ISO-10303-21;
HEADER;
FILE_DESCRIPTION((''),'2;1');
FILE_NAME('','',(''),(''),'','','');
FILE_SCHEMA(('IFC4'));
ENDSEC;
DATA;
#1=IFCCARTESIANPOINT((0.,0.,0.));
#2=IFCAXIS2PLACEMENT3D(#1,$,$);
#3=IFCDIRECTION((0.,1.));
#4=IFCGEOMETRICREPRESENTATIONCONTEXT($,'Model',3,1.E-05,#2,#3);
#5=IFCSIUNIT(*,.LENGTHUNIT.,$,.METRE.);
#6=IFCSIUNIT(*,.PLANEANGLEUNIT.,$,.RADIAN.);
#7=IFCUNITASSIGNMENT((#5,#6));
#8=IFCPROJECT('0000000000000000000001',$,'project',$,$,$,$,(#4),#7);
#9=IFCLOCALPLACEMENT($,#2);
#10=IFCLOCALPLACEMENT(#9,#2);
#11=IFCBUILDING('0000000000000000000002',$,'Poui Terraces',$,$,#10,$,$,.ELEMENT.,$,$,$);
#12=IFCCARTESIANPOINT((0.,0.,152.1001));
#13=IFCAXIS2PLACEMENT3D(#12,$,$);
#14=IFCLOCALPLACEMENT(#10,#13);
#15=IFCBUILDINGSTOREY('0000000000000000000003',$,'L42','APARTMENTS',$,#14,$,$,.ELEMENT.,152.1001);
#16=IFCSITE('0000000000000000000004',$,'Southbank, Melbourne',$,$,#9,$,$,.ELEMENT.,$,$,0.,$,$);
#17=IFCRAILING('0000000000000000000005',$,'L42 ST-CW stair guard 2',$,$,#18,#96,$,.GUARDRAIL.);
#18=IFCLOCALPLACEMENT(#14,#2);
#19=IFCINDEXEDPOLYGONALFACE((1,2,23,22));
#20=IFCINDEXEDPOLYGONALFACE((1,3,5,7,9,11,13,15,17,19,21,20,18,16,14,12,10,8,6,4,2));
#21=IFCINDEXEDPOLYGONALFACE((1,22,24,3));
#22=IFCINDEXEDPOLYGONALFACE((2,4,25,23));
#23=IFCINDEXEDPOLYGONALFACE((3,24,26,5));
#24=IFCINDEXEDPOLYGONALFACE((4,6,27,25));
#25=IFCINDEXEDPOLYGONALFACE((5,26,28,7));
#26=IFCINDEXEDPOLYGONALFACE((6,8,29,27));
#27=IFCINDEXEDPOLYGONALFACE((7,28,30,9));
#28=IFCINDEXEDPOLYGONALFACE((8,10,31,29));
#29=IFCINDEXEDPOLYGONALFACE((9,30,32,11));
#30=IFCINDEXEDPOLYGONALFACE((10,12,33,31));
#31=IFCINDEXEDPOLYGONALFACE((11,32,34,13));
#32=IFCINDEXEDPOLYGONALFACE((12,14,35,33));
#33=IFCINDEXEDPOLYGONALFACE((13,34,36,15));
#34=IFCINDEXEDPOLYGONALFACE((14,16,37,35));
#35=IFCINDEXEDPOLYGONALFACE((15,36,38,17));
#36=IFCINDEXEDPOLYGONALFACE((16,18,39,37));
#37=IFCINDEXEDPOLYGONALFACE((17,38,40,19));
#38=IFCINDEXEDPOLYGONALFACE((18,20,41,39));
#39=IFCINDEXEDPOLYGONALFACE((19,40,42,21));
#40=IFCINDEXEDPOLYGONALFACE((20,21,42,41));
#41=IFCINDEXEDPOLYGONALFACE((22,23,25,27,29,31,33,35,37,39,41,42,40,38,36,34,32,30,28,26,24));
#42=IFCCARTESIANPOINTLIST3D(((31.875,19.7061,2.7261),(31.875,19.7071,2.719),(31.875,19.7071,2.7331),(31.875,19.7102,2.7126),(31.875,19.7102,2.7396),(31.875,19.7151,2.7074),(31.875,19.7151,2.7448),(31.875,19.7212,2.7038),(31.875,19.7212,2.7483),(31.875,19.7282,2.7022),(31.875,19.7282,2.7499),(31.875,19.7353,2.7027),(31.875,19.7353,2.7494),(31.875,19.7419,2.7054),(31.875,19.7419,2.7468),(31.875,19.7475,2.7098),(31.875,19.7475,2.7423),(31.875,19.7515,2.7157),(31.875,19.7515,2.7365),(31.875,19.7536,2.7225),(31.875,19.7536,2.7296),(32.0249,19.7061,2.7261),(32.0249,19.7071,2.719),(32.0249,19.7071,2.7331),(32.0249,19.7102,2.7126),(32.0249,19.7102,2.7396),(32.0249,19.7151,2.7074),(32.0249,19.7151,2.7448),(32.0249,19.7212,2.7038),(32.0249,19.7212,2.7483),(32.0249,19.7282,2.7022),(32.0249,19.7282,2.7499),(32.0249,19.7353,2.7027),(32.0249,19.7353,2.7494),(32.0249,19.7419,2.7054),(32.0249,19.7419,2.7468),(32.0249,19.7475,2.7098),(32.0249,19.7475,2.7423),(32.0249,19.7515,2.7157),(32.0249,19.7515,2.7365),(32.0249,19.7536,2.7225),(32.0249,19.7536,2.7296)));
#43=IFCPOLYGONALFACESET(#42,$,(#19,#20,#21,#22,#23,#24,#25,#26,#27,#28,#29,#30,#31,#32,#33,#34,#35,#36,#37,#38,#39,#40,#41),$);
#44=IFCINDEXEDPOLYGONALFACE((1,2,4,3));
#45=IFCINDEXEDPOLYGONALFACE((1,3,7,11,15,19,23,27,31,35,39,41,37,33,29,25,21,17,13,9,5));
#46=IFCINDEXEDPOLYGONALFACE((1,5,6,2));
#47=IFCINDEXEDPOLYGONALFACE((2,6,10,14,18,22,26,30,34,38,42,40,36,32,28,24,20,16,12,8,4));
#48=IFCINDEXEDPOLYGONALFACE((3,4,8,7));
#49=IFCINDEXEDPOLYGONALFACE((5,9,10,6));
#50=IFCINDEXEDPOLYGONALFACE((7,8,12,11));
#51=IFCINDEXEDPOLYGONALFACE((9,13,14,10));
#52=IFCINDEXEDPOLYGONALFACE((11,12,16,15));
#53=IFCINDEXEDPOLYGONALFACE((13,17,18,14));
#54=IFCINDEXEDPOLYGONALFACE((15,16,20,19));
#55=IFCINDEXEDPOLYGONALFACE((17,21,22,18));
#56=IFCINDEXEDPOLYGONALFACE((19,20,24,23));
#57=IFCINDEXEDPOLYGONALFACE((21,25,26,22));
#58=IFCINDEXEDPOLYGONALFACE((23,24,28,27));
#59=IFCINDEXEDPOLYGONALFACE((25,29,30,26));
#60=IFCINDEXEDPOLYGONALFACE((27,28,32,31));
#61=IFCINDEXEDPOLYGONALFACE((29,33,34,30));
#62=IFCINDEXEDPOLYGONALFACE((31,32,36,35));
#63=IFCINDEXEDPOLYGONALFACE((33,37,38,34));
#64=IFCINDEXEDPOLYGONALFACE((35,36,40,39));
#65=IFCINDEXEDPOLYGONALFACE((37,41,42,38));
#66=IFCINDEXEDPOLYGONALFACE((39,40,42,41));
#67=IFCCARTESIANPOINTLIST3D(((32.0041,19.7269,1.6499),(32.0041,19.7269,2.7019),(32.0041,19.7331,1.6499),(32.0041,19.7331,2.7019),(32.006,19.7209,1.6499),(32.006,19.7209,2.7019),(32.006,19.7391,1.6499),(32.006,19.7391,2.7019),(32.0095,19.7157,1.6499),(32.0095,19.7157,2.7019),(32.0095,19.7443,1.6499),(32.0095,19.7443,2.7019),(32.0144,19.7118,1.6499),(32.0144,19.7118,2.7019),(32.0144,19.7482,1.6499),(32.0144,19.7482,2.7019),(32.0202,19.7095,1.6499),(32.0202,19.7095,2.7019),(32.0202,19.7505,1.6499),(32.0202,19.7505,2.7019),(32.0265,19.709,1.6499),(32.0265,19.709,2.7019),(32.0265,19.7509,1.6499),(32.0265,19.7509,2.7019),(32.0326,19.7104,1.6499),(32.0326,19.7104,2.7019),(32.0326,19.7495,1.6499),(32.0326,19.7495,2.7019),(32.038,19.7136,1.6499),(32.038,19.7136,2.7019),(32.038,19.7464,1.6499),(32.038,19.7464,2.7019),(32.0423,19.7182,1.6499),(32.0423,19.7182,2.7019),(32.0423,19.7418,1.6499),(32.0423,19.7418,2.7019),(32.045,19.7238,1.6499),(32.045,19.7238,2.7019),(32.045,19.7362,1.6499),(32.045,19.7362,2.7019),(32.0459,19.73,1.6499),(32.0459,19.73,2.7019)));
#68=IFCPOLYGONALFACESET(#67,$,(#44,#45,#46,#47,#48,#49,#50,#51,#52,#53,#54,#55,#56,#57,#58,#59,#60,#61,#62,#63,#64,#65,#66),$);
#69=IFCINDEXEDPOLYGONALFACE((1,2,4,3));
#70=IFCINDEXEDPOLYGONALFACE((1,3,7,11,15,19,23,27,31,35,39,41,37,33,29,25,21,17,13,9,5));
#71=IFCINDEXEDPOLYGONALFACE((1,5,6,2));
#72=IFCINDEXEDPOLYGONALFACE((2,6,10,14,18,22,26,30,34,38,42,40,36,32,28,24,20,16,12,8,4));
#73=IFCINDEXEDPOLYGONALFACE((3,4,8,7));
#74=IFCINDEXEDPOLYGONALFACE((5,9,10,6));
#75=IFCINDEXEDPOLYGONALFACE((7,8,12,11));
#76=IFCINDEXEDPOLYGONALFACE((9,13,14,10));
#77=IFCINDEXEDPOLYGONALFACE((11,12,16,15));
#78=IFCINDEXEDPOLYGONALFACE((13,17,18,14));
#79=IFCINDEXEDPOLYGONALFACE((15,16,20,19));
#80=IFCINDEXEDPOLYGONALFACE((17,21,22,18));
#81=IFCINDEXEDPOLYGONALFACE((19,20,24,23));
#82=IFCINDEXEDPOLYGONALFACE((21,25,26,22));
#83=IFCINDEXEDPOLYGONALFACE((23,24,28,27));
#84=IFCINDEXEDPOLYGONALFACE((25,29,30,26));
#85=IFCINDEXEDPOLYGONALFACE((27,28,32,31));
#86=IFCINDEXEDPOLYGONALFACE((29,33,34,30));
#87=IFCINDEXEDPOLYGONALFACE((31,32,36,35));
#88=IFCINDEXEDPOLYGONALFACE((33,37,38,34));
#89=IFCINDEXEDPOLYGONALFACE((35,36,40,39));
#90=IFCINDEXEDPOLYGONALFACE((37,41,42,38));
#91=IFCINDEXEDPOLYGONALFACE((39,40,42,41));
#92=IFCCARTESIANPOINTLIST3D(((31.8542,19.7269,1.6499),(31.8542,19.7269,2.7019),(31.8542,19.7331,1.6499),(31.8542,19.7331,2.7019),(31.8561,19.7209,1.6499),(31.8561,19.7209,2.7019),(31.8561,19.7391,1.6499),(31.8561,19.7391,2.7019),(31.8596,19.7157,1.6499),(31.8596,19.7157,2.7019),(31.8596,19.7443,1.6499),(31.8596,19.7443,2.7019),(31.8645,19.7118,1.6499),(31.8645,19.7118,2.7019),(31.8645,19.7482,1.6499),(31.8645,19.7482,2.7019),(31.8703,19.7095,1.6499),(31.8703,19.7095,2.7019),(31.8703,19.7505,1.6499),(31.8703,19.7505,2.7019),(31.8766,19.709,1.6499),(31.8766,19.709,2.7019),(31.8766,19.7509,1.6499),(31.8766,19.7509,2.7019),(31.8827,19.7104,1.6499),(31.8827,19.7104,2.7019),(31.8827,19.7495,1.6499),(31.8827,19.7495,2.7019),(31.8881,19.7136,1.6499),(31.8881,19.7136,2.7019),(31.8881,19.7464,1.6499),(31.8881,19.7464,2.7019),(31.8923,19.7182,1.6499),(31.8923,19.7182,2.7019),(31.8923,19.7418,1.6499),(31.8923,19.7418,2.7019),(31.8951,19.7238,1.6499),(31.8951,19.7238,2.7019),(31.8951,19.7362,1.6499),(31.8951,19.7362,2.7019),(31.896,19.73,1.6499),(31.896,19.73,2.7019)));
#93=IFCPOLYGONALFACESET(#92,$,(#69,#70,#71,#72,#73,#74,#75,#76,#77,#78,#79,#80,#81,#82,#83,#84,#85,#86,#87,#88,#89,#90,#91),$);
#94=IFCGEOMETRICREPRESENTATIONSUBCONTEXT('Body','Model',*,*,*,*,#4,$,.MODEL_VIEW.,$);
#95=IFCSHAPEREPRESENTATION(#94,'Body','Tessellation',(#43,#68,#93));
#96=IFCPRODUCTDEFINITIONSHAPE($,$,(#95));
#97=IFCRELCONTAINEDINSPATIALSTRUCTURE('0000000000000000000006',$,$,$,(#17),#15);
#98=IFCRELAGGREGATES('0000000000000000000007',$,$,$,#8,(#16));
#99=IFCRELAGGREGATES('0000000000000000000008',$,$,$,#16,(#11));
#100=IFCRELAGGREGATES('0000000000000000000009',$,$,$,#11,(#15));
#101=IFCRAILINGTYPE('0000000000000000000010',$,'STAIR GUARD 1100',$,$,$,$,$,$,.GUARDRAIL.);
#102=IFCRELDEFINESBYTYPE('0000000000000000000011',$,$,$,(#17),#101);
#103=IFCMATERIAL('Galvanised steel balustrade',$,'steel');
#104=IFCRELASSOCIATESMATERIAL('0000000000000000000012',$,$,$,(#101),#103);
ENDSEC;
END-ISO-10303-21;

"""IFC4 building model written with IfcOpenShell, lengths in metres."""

from ifc_helpers import new_model, si_unit, direction, frame, origin, origin_2d, place, context, subcontext, project, spatial, circle, extrude, material, type_object, element, save


model = new_model("IFC4")

# Units and contexts
model_context = context("Model", 3, precision=1e-05, world=origin(), true_north=direction((0.0, 1.0)))
body_context = subcontext(model_context, "Body", "Model", "MODEL_VIEW")
ifc_project = project(units=[si_unit("LENGTHUNIT", "METRE"), si_unit("PLANEANGLEUNIT", "RADIAN")], contexts=[model_context])

# Site, building, storey
site_placement = place(None, origin())
site = spatial("IfcSite", under=ifc_project, at=site_placement, Name="Southbank, Melbourne", CompositionType="ELEMENT", RefElevation=0.0)
building_placement = place(site_placement, origin())
building = spatial("IfcBuilding", under=site, at=building_placement, Name="Poui Terraces", CompositionType="ELEMENT")
storey_placement = place(building_placement, frame((0.0, 0.0, 152.1001)))
storey = spatial("IfcBuildingStorey", under=building, at=storey_placement, Name="L42", Description="APARTMENTS", CompositionType="ELEMENT", Elevation=152.1001)

# Railing
ifc_material_1 = material(Name="Galvanised steel balustrade", Category="steel")
railing_type_1 = type_object("IfcRailingType", Name="STAIR GUARD 1100", PredefinedType="GUARDRAIL", material=ifc_material_1)
railing_1_placement = place(storey_placement, frame((32.0249, 19.73, 1.6499)))
element("IfcRailing", 1, at=railing_1_placement, inside=storey, type_object=railing_type_1, Name="L42 ST-CW stair guard 2", PredefinedType="GUARDRAIL", context=body_context, shape_type="SweptSolid", body=[
    extrude(circle(Radius=0.0239, at=origin_2d()), frame((0.0, 0.0, 1.0762), z_axis=(-1.0, 0.0, 0.0), x_axis=(0.0, -1.0, 0.0)), (0.0, 0.0, 1.0), 0.1499),
    extrude(circle(Radius=0.021, at=origin_2d()), origin(), (0.0, 0.0, 1.0), 1.052),
    extrude(circle(Radius=0.021, at=origin_2d()), frame((-0.1499, 0.0, 0.0)), (0.0, 0.0, 1.0), 1.052),
])

save(model, "model.ifc")
